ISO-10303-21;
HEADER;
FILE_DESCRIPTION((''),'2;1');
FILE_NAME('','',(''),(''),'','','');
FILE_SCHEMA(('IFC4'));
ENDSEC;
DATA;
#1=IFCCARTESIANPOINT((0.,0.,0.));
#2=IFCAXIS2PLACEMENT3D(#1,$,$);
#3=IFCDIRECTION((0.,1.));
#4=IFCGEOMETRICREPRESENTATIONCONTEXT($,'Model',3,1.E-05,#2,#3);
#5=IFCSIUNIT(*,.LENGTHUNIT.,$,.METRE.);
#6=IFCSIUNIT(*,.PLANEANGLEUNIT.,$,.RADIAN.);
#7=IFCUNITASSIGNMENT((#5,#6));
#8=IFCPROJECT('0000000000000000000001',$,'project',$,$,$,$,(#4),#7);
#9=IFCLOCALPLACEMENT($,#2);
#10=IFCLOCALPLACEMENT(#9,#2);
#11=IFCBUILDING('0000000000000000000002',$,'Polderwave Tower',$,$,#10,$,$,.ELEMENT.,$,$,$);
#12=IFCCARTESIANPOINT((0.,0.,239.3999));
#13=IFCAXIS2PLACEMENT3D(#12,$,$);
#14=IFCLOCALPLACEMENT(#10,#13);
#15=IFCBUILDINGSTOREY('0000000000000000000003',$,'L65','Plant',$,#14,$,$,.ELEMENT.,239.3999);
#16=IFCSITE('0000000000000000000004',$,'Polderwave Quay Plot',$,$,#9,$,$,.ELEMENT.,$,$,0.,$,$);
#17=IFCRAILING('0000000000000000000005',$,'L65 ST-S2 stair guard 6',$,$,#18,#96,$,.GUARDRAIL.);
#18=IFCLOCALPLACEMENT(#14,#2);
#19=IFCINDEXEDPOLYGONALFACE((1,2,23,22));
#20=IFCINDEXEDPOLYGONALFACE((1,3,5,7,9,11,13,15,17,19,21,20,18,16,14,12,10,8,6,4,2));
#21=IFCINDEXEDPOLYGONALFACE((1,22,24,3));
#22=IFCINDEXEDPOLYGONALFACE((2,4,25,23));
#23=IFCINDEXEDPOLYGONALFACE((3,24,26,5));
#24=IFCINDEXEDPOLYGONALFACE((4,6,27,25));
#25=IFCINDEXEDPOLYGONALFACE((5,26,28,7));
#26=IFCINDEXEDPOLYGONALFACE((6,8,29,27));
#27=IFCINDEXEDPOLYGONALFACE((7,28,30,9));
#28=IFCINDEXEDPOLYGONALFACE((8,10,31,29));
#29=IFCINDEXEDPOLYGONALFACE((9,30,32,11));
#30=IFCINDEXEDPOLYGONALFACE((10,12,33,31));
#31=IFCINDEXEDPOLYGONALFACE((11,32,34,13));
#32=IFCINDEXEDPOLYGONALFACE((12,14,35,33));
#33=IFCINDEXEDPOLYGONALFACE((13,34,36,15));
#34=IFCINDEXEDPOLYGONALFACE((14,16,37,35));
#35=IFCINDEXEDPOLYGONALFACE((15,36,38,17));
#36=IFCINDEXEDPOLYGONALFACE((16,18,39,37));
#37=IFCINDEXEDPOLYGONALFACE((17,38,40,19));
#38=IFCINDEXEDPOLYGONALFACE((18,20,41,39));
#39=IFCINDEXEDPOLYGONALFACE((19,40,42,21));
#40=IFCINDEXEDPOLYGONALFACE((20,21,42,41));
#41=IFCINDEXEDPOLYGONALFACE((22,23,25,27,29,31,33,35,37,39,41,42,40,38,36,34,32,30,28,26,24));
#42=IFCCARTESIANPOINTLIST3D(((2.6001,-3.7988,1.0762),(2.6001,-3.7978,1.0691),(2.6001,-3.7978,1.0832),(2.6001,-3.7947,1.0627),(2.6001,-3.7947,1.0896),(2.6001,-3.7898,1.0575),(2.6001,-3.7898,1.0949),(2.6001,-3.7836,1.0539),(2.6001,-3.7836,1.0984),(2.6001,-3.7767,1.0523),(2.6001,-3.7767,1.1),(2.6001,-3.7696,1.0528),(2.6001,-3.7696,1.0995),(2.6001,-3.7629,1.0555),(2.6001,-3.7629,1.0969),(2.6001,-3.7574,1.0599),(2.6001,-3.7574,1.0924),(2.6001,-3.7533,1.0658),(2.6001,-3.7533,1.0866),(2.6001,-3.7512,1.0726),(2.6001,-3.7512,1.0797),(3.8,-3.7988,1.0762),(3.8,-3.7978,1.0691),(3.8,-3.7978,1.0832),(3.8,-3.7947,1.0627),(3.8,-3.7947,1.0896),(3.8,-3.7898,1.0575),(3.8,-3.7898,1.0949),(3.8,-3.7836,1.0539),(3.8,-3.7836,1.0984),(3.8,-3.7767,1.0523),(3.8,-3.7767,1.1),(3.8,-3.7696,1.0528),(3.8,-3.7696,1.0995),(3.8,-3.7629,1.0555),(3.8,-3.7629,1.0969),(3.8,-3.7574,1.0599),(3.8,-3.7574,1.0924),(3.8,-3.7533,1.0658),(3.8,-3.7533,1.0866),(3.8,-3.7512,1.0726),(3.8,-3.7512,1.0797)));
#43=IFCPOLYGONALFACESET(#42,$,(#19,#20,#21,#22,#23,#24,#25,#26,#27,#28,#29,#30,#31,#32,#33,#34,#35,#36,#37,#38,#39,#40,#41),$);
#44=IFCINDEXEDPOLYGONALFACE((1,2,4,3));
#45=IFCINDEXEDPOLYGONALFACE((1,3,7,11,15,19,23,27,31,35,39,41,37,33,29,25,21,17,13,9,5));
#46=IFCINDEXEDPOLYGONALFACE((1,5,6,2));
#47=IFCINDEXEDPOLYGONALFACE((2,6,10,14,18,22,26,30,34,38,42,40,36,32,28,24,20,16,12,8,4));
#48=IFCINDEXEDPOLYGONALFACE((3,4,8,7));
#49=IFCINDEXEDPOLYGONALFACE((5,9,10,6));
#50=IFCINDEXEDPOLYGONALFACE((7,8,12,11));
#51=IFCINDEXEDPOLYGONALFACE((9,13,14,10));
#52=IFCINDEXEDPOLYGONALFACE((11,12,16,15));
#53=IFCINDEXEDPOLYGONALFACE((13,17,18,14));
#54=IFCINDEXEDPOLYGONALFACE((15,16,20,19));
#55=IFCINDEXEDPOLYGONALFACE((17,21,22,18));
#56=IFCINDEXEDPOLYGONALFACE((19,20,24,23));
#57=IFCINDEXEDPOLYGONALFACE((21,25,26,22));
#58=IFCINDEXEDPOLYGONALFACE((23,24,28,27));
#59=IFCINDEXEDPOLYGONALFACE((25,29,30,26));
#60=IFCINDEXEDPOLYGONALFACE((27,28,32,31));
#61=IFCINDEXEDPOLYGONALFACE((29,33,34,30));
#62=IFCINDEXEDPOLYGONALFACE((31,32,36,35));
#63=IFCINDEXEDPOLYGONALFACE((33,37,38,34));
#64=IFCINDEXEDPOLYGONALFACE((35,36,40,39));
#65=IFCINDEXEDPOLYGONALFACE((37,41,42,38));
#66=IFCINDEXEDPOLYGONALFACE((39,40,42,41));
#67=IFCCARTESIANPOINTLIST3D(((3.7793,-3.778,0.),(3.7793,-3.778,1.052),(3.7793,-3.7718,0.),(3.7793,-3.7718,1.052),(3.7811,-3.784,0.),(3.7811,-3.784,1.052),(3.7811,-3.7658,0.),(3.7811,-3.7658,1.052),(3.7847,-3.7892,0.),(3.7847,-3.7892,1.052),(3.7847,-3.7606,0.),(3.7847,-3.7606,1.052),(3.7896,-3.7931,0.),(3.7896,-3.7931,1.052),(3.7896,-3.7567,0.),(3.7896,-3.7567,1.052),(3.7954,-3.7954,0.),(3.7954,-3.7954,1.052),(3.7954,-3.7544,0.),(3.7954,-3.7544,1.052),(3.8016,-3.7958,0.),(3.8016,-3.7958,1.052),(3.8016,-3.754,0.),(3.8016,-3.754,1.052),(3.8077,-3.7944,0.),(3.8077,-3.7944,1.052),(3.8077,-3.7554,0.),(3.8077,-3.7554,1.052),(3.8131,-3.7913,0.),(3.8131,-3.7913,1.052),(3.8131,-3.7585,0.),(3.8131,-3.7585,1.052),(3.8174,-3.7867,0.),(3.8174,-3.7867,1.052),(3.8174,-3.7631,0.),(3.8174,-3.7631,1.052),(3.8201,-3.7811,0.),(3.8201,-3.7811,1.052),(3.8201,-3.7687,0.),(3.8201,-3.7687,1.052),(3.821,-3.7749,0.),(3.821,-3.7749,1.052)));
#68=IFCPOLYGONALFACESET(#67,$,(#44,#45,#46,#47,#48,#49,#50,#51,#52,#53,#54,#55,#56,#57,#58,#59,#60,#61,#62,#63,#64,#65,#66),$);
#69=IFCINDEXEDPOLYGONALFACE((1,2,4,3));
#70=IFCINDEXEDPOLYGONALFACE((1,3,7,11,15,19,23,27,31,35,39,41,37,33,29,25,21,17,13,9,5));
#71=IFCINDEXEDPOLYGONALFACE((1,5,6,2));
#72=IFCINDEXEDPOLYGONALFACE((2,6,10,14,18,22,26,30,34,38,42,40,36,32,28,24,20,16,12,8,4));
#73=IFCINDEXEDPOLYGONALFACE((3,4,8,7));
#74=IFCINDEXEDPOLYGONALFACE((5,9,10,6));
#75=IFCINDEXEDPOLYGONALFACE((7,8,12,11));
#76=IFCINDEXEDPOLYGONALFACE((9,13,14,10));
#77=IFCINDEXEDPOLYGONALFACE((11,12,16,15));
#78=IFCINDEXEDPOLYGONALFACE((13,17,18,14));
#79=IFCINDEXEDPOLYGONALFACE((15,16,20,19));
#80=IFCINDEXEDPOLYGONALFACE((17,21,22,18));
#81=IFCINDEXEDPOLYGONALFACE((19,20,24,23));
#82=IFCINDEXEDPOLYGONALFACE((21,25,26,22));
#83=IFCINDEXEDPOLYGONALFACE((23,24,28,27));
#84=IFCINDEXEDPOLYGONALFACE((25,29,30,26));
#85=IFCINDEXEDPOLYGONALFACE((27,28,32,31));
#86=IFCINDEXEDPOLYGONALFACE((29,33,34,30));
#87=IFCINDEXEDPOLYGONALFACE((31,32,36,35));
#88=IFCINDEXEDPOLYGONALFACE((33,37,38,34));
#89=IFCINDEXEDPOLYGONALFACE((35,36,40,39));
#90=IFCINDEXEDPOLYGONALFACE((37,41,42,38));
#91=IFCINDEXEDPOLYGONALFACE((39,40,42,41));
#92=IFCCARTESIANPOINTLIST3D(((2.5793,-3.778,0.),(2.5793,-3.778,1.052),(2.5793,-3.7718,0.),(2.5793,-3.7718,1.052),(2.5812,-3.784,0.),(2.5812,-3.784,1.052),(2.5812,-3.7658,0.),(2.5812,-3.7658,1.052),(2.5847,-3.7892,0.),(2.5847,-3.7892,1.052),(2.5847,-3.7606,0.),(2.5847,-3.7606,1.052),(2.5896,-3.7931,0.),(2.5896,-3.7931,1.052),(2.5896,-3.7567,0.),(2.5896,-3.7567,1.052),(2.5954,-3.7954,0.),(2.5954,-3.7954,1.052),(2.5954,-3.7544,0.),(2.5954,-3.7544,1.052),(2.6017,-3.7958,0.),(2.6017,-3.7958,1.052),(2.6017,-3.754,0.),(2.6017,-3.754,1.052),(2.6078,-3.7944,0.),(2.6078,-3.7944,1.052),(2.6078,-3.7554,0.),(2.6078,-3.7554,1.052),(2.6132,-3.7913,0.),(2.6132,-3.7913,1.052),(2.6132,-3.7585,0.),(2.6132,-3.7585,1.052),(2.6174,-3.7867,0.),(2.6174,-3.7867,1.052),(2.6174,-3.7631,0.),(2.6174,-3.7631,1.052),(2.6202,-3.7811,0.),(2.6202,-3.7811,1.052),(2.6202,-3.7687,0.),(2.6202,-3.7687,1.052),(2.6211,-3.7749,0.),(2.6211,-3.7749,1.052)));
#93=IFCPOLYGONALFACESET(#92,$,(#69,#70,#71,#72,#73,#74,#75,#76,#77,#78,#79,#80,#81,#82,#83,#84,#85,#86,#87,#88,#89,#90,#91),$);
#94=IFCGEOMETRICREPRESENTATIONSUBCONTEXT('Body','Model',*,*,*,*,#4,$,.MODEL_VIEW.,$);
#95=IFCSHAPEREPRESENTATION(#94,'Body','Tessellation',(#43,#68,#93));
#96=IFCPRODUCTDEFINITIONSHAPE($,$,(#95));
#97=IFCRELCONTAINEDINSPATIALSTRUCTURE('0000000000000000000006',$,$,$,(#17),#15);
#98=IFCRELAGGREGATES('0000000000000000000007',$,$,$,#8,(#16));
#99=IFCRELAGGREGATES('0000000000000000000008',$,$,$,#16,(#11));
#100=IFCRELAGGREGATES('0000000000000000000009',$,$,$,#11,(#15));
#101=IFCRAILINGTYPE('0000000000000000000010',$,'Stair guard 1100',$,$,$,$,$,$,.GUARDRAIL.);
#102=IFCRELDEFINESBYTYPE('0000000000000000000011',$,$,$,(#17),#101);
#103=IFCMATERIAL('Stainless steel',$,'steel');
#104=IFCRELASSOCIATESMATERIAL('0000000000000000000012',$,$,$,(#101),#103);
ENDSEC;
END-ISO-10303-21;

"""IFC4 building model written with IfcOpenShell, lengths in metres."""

from ifc_helpers import new_model, si_unit, direction, frame, origin, origin_2d, place, context, subcontext, project, spatial, circle, extrude, material, type_object, element, save


model = new_model("IFC4")

# Units and contexts
model_context = context("Model", 3, precision=1e-05, world=origin(), true_north=direction((0.0, 1.0)))
body_context = subcontext(model_context, "Body", "Model", "MODEL_VIEW")
ifc_project = project(units=[si_unit("LENGTHUNIT", "METRE"), si_unit("PLANEANGLEUNIT", "RADIAN")], contexts=[model_context])

# Site, building, storey
site_placement = place(None, origin())
site = spatial("IfcSite", under=ifc_project, at=site_placement, Name="Polderwave Quay Plot", CompositionType="ELEMENT", RefElevation=0.0)
building_placement = place(site_placement, origin())
building = spatial("IfcBuilding", under=site, at=building_placement, Name="Polderwave Tower", CompositionType="ELEMENT")
storey_placement = place(building_placement, frame((0.0, 0.0, 239.3999)))
storey = spatial("IfcBuildingStorey", under=building, at=storey_placement, Name="L65", Description="Plant", CompositionType="ELEMENT", Elevation=239.3999)

# Railing
ifc_material_1 = material(Name="Stainless steel", Category="steel")
railing_type_1 = type_object("IfcRailingType", Name="Stair guard 1100", PredefinedType="GUARDRAIL", material=ifc_material_1)
railing_1_placement = place(storey_placement, frame((3.8, -3.7749, 0.0)))
element("IfcRailing", 1, at=railing_1_placement, inside=storey, type_object=railing_type_1, Name="L65 ST-S2 stair guard 6", PredefinedType="GUARDRAIL", context=body_context, shape_type="SweptSolid", body=[
    extrude(circle(Radius=0.0239, at=origin_2d()), frame((0.0, 0.0, 1.0762), z_axis=(-1.0, 0.0, 0.0), x_axis=(0.0, -1.0, 0.0)), (0.0, 0.0, 1.0), 1.2),
    extrude(circle(Radius=0.021, at=origin_2d()), origin(), (0.0, 0.0, 1.0), 1.052),
    extrude(circle(Radius=0.021, at=origin_2d()), frame((-1.2, 0.0, 0.0)), (0.0, 0.0, 1.0), 1.052),
])

save(model, "model.ifc")
